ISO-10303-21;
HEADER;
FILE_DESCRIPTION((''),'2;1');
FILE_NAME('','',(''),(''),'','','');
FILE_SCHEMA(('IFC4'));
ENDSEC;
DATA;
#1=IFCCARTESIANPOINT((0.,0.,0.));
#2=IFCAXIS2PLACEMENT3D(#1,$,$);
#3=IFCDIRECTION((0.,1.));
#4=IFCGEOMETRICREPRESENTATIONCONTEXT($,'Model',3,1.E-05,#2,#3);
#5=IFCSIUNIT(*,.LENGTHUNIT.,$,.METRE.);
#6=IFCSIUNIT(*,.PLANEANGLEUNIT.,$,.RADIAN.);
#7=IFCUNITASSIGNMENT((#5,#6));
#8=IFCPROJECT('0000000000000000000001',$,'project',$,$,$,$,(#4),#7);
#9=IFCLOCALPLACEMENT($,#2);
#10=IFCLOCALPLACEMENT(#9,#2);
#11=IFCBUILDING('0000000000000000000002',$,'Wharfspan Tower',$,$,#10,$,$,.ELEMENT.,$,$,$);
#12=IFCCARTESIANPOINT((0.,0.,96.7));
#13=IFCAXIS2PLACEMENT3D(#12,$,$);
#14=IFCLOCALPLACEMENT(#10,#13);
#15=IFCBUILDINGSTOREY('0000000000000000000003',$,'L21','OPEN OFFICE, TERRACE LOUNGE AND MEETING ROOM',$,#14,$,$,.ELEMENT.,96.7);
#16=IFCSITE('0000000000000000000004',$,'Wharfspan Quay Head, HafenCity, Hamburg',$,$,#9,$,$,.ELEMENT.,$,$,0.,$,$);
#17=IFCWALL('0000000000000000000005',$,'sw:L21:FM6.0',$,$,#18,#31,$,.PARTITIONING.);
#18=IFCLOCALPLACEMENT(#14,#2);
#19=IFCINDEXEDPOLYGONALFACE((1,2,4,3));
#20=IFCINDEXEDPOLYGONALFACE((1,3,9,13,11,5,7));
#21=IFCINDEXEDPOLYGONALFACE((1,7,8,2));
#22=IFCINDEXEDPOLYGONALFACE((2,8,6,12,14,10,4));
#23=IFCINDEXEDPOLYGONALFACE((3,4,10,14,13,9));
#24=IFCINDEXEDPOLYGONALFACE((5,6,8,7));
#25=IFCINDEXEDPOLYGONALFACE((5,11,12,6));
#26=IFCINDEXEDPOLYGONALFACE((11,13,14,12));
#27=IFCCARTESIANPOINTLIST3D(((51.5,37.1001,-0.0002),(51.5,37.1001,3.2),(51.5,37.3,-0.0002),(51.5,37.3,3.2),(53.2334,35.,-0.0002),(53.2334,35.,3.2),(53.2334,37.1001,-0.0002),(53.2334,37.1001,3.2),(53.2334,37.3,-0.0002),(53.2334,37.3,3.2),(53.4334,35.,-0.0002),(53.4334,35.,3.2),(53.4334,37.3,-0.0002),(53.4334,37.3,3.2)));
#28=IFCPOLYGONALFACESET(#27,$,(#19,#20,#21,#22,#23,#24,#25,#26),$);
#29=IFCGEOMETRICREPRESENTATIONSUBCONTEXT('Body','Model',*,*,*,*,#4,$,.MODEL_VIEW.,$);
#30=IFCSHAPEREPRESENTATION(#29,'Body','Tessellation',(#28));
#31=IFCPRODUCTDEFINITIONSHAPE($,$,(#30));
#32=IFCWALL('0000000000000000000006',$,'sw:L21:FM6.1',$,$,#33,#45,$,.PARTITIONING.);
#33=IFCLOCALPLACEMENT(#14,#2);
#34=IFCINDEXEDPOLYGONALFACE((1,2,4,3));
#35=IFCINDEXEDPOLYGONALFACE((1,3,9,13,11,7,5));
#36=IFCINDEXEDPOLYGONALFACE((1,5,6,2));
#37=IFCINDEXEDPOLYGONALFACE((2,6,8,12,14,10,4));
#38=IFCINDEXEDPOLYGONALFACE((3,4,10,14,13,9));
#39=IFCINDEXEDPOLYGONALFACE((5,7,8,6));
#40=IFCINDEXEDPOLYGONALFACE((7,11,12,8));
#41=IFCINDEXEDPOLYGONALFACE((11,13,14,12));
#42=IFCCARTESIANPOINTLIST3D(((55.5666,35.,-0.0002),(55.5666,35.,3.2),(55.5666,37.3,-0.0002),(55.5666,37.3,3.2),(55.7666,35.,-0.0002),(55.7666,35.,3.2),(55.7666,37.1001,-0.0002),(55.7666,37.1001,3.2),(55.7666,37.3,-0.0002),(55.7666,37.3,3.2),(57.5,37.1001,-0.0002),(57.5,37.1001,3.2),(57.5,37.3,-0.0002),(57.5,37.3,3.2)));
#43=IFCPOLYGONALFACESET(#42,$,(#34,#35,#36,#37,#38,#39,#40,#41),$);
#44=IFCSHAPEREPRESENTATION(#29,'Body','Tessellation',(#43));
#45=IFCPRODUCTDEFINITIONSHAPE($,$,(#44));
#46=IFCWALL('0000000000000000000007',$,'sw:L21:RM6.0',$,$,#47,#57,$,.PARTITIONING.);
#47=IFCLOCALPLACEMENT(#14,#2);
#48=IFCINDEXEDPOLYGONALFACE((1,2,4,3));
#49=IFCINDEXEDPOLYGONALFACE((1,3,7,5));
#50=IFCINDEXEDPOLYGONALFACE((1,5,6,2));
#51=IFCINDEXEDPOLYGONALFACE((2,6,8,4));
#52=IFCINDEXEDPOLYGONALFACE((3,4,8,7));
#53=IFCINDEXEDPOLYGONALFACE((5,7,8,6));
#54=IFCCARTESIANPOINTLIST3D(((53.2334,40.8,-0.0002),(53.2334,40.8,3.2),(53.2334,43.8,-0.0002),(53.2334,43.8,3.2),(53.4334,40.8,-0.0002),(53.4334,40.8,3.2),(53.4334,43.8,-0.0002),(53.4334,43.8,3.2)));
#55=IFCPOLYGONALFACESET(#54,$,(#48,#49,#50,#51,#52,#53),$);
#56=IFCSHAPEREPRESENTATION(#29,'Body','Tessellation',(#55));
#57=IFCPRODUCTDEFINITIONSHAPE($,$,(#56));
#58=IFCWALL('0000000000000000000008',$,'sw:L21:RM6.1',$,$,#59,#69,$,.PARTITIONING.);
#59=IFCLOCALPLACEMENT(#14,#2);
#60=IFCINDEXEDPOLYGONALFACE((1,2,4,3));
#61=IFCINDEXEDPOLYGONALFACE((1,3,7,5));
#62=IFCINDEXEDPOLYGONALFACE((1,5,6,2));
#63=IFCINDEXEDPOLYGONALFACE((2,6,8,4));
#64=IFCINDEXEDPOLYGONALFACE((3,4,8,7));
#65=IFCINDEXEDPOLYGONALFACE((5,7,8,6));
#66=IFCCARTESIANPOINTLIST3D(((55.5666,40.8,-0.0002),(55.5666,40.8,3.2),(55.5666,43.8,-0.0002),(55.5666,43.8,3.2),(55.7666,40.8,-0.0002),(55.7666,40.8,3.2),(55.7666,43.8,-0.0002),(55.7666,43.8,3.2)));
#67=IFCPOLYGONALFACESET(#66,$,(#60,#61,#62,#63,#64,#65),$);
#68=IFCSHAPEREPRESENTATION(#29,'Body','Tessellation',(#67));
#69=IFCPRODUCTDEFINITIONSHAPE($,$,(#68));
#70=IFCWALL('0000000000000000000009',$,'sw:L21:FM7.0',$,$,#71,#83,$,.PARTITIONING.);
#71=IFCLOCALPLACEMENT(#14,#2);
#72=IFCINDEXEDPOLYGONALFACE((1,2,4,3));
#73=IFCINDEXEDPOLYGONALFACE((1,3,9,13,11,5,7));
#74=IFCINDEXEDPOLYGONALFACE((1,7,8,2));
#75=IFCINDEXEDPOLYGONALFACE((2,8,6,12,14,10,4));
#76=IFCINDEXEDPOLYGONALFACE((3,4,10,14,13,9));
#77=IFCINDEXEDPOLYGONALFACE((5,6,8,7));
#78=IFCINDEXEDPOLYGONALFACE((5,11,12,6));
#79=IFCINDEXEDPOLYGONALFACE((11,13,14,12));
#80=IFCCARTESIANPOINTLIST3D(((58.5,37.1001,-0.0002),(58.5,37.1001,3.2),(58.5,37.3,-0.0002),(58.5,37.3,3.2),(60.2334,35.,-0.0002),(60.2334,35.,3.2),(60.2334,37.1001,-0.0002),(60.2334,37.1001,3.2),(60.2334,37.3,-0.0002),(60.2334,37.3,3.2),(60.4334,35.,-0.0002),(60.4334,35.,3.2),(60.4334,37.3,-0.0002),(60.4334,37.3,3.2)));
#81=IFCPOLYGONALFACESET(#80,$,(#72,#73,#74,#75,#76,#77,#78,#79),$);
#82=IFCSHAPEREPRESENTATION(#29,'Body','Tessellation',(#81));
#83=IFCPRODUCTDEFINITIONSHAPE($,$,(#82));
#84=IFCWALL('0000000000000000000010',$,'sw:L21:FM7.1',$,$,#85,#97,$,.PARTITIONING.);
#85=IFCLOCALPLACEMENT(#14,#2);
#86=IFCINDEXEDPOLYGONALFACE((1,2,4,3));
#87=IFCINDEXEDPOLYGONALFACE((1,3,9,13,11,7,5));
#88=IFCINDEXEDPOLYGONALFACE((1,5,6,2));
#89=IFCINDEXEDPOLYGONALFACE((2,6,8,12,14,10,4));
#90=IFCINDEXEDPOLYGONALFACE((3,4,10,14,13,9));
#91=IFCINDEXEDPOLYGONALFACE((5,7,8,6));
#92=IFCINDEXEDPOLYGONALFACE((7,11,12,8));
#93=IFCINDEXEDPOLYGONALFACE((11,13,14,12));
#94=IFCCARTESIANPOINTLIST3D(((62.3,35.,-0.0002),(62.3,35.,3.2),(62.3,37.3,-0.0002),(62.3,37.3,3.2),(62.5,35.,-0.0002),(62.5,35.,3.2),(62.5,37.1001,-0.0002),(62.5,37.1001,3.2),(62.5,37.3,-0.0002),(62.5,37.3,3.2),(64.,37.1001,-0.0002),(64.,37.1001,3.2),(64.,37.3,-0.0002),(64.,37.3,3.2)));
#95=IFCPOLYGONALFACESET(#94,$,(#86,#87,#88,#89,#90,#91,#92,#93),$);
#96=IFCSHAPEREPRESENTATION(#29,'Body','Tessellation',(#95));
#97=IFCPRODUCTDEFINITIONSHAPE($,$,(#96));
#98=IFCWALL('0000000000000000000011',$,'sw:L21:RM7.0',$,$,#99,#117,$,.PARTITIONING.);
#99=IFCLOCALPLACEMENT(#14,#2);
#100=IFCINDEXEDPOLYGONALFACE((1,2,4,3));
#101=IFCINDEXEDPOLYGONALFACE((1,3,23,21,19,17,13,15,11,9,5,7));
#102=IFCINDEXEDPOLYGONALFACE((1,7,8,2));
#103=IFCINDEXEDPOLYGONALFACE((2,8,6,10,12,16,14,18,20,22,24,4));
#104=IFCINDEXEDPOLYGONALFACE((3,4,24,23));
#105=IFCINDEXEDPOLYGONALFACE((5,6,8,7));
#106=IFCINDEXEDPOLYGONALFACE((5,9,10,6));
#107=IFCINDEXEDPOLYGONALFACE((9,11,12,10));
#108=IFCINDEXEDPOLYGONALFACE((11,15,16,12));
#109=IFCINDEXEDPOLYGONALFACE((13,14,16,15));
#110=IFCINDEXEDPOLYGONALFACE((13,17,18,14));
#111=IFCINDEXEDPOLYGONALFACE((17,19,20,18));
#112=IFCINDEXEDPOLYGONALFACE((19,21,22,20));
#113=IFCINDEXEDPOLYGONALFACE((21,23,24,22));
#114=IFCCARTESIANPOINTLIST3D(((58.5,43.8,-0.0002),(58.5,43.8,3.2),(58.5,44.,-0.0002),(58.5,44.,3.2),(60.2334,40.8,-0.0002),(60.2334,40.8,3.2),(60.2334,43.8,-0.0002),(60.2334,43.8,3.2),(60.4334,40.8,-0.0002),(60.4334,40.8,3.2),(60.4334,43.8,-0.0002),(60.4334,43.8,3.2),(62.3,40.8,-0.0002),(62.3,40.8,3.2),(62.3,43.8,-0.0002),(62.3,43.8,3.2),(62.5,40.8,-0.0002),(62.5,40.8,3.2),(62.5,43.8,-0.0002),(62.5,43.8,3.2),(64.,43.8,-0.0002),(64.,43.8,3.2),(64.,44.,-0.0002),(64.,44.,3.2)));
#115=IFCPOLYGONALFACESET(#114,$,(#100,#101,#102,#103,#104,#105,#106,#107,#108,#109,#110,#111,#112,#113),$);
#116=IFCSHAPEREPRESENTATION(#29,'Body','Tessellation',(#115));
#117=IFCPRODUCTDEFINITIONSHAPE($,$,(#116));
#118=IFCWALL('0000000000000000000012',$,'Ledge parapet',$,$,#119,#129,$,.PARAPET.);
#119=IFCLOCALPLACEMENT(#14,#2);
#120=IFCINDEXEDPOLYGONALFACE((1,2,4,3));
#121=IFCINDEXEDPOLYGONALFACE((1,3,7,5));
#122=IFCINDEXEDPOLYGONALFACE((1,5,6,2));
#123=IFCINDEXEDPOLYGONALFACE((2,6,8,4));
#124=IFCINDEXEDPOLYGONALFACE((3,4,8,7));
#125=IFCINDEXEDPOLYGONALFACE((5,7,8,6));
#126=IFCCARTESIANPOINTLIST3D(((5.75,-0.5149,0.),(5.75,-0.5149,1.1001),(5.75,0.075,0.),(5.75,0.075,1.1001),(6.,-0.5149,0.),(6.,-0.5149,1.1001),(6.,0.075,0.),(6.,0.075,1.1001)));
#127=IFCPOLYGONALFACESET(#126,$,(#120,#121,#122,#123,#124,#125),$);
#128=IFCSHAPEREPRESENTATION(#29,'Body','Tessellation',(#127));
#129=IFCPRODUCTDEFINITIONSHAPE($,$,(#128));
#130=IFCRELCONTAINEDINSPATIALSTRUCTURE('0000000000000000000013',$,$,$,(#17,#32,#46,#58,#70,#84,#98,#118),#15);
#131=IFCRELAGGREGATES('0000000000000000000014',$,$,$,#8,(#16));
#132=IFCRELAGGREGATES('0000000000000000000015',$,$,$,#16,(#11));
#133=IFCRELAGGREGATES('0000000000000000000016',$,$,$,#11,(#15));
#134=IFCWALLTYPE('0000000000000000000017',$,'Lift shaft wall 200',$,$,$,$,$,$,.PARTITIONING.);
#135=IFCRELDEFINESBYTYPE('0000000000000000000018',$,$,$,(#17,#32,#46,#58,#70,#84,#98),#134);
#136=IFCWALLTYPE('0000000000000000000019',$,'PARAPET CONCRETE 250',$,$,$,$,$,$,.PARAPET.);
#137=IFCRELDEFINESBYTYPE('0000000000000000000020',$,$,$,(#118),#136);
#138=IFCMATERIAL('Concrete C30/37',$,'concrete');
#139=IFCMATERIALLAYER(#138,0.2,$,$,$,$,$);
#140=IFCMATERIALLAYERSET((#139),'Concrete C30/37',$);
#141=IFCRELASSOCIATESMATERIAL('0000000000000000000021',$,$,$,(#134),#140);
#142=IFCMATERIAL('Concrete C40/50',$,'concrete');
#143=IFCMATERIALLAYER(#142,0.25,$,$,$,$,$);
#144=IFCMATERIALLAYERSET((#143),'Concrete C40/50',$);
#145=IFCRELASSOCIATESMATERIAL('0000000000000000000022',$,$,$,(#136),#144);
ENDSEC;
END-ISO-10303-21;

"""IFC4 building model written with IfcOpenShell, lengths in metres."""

from ifc_helpers import new_model, si_unit, direction, frame, frame_2d, origin, place, context, subcontext, project, spatial, polyline, rectangle, outline, extrude, material, layer, layer_set, type_object, element, save


model = new_model("IFC4")

# Units and contexts
model_context = context("Model", 3, precision=1e-05, world=origin(), true_north=direction((0.0, 1.0)))
body_context = subcontext(model_context, "Body", "Model", "MODEL_VIEW")
ifc_project = project(units=[si_unit("LENGTHUNIT", "METRE"), si_unit("PLANEANGLEUNIT", "RADIAN")], contexts=[model_context])

# Site, building, storey
site_placement = place(None, origin())
site = spatial("IfcSite", under=ifc_project, at=site_placement, Name="Wharfspan Quay Head, HafenCity, Hamburg", CompositionType="ELEMENT", RefElevation=0.0)
building_placement = place(site_placement, origin())
building = spatial("IfcBuilding", under=site, at=building_placement, Name="Wharfspan Tower", CompositionType="ELEMENT")
storey_placement = place(building_placement, frame((0.0, 0.0, 96.7)))
storey = spatial("IfcBuildingStorey", under=building, at=storey_placement, Name="L21", Description="OPEN OFFICE, TERRACE LOUNGE AND MEETING ROOM", CompositionType="ELEMENT", Elevation=96.7)

# Shared definitions
ifc_material_1 = material(Name="Concrete C40/50", Category="concrete")

# Walls
ifc_material_2 = material(Name="Concrete C30/37", Category="concrete")
ifc_layer_1 = layer(ifc_material_2, 0.2)
ifc_layer_set_1 = layer_set([ifc_layer_1], Name="Concrete C30/37")
wall_type_1 = type_object("IfcWallType", Name="Lift shaft wall 200", PredefinedType="PARTITIONING", material=ifc_layer_set_1)
wall_1_placement = place(storey_placement, frame((0.0, 0.0, -0.0002)))
element("IfcWall", 1, at=wall_1_placement, inside=storey, type_object=wall_type_1, Name="sw:L21:FM6.0", PredefinedType="PARTITIONING", context=body_context, shape_type="SweptSolid", body=[
    extrude(outline(polyline([(53.2334, 37.1001), (51.5, 37.1001), (51.5, 37.3), (53.2334, 37.3), (53.4333, 37.3), (53.4333, 35.0), (53.2334, 35.0), (53.2334, 37.1001)])), origin(), (0.0, 0.0, 1.0), 3.2002),
])
wall_2_placement = place(storey_placement, frame((0.0, 0.0, -0.0002)))
element("IfcWall", 2, at=wall_2_placement, inside=storey, type_object=wall_type_1, Name="sw:L21:FM6.1", PredefinedType="PARTITIONING", context=body_context, shape_type="SweptSolid", body=[
    extrude(outline(polyline([(55.5667, 37.3), (55.7666, 37.3), (57.5, 37.3), (57.5, 37.1001), (55.7666, 37.1001), (55.7666, 35.0), (55.5667, 35.0), (55.5667, 37.3)])), origin(), (0.0, 0.0, 1.0), 3.2002),
])
wall_3_placement = place(storey_placement, frame((0.0, 0.0, -0.0002)))
element("IfcWall", 3, at=wall_3_placement, inside=storey, type_object=wall_type_1, Name="sw:L21:RM6.0", PredefinedType="PARTITIONING", context=body_context, shape_type="SweptSolid", body=[
    extrude(outline(polyline([(53.2334, 40.8), (53.2334, 43.8), (53.4333, 43.8), (53.4333, 40.8), (53.2334, 40.8)])), origin(), (0.0, 0.0, 1.0), 3.2002),
])
wall_4_placement = place(storey_placement, frame((0.0, 0.0, -0.0002)))
element("IfcWall", 4, at=wall_4_placement, inside=storey, type_object=wall_type_1, Name="sw:L21:RM6.1", PredefinedType="PARTITIONING", context=body_context, shape_type="SweptSolid", body=[
    extrude(outline(polyline([(55.5667, 40.8), (55.5667, 43.8), (55.7666, 43.8), (55.7666, 40.8), (55.5667, 40.8)])), origin(), (0.0, 0.0, 1.0), 3.2002),
])
wall_5_placement = place(storey_placement, frame((0.0, 0.0, -0.0002)))
element("IfcWall", 5, at=wall_5_placement, inside=storey, type_object=wall_type_1, Name="sw:L21:FM7.0", PredefinedType="PARTITIONING", context=body_context, shape_type="SweptSolid", body=[
    extrude(outline(polyline([(60.2334, 37.1001), (58.5, 37.1001), (58.5, 37.3), (60.2334, 37.3), (60.4333, 37.3), (60.4333, 35.0), (60.2334, 35.0), (60.2334, 37.1001)])), origin(), (0.0, 0.0, 1.0), 3.2002),
])
wall_6_placement = place(storey_placement, frame((0.0, 0.0, -0.0002)))
element("IfcWall", 6, at=wall_6_placement, inside=storey, type_object=wall_type_1, Name="sw:L21:FM7.1", PredefinedType="PARTITIONING", context=body_context, shape_type="SweptSolid", body=[
    extrude(outline(polyline([(62.3, 37.3), (62.5, 37.3), (64.0, 37.3), (64.0, 37.1001), (62.5, 37.1001), (62.5, 35.0), (62.3, 35.0), (62.3, 37.3)])), origin(), (0.0, 0.0, 1.0), 3.2002),
])
wall_7_placement = place(storey_placement, frame((0.0, 0.0, -0.0002)))
element("IfcWall", 7, at=wall_7_placement, inside=storey, type_object=wall_type_1, Name="sw:L21:RM7.0", PredefinedType="PARTITIONING", context=body_context, shape_type="SweptSolid", body=[
    extrude(outline(polyline([(60.4333, 40.8), (60.2334, 40.8), (60.2334, 43.8), (58.5, 43.8), (58.5, 44.0), (64.0, 44.0), (64.0, 43.8), (62.5, 43.8), (62.5, 40.8), (62.3, 40.8), (62.3, 43.8), (60.4333, 43.8), (60.4333, 40.8)])), origin(), (0.0, 0.0, 1.0), 3.2002),
])
ifc_layer_2 = layer(ifc_material_1, 0.25)
ifc_layer_set_2 = layer_set([ifc_layer_2], Name="Concrete C40/50")
wall_type_2 = type_object("IfcWallType", Name="PARAPET CONCRETE 250", PredefinedType="PARAPET", material=ifc_layer_set_2)
wall_8_placement = place(storey_placement, frame((5.875, -0.5149, 0.0), z_axis=(0.0, 0.0, 1.0), x_axis=(0.0, 1.0, 0.0)))
element("IfcWall", 8, at=wall_8_placement, inside=storey, type_object=wall_type_2, Name="Ledge parapet", PredefinedType="PARAPET", context=body_context, shape_type="SweptSolid", body=[
    extrude(rectangle(XDim=0.5898, YDim=0.25, at=frame_2d((0.2949, 0.0))), origin(), (0.0, 0.0, 1.0), 1.1001),
])

save(model, "model.ifc")
